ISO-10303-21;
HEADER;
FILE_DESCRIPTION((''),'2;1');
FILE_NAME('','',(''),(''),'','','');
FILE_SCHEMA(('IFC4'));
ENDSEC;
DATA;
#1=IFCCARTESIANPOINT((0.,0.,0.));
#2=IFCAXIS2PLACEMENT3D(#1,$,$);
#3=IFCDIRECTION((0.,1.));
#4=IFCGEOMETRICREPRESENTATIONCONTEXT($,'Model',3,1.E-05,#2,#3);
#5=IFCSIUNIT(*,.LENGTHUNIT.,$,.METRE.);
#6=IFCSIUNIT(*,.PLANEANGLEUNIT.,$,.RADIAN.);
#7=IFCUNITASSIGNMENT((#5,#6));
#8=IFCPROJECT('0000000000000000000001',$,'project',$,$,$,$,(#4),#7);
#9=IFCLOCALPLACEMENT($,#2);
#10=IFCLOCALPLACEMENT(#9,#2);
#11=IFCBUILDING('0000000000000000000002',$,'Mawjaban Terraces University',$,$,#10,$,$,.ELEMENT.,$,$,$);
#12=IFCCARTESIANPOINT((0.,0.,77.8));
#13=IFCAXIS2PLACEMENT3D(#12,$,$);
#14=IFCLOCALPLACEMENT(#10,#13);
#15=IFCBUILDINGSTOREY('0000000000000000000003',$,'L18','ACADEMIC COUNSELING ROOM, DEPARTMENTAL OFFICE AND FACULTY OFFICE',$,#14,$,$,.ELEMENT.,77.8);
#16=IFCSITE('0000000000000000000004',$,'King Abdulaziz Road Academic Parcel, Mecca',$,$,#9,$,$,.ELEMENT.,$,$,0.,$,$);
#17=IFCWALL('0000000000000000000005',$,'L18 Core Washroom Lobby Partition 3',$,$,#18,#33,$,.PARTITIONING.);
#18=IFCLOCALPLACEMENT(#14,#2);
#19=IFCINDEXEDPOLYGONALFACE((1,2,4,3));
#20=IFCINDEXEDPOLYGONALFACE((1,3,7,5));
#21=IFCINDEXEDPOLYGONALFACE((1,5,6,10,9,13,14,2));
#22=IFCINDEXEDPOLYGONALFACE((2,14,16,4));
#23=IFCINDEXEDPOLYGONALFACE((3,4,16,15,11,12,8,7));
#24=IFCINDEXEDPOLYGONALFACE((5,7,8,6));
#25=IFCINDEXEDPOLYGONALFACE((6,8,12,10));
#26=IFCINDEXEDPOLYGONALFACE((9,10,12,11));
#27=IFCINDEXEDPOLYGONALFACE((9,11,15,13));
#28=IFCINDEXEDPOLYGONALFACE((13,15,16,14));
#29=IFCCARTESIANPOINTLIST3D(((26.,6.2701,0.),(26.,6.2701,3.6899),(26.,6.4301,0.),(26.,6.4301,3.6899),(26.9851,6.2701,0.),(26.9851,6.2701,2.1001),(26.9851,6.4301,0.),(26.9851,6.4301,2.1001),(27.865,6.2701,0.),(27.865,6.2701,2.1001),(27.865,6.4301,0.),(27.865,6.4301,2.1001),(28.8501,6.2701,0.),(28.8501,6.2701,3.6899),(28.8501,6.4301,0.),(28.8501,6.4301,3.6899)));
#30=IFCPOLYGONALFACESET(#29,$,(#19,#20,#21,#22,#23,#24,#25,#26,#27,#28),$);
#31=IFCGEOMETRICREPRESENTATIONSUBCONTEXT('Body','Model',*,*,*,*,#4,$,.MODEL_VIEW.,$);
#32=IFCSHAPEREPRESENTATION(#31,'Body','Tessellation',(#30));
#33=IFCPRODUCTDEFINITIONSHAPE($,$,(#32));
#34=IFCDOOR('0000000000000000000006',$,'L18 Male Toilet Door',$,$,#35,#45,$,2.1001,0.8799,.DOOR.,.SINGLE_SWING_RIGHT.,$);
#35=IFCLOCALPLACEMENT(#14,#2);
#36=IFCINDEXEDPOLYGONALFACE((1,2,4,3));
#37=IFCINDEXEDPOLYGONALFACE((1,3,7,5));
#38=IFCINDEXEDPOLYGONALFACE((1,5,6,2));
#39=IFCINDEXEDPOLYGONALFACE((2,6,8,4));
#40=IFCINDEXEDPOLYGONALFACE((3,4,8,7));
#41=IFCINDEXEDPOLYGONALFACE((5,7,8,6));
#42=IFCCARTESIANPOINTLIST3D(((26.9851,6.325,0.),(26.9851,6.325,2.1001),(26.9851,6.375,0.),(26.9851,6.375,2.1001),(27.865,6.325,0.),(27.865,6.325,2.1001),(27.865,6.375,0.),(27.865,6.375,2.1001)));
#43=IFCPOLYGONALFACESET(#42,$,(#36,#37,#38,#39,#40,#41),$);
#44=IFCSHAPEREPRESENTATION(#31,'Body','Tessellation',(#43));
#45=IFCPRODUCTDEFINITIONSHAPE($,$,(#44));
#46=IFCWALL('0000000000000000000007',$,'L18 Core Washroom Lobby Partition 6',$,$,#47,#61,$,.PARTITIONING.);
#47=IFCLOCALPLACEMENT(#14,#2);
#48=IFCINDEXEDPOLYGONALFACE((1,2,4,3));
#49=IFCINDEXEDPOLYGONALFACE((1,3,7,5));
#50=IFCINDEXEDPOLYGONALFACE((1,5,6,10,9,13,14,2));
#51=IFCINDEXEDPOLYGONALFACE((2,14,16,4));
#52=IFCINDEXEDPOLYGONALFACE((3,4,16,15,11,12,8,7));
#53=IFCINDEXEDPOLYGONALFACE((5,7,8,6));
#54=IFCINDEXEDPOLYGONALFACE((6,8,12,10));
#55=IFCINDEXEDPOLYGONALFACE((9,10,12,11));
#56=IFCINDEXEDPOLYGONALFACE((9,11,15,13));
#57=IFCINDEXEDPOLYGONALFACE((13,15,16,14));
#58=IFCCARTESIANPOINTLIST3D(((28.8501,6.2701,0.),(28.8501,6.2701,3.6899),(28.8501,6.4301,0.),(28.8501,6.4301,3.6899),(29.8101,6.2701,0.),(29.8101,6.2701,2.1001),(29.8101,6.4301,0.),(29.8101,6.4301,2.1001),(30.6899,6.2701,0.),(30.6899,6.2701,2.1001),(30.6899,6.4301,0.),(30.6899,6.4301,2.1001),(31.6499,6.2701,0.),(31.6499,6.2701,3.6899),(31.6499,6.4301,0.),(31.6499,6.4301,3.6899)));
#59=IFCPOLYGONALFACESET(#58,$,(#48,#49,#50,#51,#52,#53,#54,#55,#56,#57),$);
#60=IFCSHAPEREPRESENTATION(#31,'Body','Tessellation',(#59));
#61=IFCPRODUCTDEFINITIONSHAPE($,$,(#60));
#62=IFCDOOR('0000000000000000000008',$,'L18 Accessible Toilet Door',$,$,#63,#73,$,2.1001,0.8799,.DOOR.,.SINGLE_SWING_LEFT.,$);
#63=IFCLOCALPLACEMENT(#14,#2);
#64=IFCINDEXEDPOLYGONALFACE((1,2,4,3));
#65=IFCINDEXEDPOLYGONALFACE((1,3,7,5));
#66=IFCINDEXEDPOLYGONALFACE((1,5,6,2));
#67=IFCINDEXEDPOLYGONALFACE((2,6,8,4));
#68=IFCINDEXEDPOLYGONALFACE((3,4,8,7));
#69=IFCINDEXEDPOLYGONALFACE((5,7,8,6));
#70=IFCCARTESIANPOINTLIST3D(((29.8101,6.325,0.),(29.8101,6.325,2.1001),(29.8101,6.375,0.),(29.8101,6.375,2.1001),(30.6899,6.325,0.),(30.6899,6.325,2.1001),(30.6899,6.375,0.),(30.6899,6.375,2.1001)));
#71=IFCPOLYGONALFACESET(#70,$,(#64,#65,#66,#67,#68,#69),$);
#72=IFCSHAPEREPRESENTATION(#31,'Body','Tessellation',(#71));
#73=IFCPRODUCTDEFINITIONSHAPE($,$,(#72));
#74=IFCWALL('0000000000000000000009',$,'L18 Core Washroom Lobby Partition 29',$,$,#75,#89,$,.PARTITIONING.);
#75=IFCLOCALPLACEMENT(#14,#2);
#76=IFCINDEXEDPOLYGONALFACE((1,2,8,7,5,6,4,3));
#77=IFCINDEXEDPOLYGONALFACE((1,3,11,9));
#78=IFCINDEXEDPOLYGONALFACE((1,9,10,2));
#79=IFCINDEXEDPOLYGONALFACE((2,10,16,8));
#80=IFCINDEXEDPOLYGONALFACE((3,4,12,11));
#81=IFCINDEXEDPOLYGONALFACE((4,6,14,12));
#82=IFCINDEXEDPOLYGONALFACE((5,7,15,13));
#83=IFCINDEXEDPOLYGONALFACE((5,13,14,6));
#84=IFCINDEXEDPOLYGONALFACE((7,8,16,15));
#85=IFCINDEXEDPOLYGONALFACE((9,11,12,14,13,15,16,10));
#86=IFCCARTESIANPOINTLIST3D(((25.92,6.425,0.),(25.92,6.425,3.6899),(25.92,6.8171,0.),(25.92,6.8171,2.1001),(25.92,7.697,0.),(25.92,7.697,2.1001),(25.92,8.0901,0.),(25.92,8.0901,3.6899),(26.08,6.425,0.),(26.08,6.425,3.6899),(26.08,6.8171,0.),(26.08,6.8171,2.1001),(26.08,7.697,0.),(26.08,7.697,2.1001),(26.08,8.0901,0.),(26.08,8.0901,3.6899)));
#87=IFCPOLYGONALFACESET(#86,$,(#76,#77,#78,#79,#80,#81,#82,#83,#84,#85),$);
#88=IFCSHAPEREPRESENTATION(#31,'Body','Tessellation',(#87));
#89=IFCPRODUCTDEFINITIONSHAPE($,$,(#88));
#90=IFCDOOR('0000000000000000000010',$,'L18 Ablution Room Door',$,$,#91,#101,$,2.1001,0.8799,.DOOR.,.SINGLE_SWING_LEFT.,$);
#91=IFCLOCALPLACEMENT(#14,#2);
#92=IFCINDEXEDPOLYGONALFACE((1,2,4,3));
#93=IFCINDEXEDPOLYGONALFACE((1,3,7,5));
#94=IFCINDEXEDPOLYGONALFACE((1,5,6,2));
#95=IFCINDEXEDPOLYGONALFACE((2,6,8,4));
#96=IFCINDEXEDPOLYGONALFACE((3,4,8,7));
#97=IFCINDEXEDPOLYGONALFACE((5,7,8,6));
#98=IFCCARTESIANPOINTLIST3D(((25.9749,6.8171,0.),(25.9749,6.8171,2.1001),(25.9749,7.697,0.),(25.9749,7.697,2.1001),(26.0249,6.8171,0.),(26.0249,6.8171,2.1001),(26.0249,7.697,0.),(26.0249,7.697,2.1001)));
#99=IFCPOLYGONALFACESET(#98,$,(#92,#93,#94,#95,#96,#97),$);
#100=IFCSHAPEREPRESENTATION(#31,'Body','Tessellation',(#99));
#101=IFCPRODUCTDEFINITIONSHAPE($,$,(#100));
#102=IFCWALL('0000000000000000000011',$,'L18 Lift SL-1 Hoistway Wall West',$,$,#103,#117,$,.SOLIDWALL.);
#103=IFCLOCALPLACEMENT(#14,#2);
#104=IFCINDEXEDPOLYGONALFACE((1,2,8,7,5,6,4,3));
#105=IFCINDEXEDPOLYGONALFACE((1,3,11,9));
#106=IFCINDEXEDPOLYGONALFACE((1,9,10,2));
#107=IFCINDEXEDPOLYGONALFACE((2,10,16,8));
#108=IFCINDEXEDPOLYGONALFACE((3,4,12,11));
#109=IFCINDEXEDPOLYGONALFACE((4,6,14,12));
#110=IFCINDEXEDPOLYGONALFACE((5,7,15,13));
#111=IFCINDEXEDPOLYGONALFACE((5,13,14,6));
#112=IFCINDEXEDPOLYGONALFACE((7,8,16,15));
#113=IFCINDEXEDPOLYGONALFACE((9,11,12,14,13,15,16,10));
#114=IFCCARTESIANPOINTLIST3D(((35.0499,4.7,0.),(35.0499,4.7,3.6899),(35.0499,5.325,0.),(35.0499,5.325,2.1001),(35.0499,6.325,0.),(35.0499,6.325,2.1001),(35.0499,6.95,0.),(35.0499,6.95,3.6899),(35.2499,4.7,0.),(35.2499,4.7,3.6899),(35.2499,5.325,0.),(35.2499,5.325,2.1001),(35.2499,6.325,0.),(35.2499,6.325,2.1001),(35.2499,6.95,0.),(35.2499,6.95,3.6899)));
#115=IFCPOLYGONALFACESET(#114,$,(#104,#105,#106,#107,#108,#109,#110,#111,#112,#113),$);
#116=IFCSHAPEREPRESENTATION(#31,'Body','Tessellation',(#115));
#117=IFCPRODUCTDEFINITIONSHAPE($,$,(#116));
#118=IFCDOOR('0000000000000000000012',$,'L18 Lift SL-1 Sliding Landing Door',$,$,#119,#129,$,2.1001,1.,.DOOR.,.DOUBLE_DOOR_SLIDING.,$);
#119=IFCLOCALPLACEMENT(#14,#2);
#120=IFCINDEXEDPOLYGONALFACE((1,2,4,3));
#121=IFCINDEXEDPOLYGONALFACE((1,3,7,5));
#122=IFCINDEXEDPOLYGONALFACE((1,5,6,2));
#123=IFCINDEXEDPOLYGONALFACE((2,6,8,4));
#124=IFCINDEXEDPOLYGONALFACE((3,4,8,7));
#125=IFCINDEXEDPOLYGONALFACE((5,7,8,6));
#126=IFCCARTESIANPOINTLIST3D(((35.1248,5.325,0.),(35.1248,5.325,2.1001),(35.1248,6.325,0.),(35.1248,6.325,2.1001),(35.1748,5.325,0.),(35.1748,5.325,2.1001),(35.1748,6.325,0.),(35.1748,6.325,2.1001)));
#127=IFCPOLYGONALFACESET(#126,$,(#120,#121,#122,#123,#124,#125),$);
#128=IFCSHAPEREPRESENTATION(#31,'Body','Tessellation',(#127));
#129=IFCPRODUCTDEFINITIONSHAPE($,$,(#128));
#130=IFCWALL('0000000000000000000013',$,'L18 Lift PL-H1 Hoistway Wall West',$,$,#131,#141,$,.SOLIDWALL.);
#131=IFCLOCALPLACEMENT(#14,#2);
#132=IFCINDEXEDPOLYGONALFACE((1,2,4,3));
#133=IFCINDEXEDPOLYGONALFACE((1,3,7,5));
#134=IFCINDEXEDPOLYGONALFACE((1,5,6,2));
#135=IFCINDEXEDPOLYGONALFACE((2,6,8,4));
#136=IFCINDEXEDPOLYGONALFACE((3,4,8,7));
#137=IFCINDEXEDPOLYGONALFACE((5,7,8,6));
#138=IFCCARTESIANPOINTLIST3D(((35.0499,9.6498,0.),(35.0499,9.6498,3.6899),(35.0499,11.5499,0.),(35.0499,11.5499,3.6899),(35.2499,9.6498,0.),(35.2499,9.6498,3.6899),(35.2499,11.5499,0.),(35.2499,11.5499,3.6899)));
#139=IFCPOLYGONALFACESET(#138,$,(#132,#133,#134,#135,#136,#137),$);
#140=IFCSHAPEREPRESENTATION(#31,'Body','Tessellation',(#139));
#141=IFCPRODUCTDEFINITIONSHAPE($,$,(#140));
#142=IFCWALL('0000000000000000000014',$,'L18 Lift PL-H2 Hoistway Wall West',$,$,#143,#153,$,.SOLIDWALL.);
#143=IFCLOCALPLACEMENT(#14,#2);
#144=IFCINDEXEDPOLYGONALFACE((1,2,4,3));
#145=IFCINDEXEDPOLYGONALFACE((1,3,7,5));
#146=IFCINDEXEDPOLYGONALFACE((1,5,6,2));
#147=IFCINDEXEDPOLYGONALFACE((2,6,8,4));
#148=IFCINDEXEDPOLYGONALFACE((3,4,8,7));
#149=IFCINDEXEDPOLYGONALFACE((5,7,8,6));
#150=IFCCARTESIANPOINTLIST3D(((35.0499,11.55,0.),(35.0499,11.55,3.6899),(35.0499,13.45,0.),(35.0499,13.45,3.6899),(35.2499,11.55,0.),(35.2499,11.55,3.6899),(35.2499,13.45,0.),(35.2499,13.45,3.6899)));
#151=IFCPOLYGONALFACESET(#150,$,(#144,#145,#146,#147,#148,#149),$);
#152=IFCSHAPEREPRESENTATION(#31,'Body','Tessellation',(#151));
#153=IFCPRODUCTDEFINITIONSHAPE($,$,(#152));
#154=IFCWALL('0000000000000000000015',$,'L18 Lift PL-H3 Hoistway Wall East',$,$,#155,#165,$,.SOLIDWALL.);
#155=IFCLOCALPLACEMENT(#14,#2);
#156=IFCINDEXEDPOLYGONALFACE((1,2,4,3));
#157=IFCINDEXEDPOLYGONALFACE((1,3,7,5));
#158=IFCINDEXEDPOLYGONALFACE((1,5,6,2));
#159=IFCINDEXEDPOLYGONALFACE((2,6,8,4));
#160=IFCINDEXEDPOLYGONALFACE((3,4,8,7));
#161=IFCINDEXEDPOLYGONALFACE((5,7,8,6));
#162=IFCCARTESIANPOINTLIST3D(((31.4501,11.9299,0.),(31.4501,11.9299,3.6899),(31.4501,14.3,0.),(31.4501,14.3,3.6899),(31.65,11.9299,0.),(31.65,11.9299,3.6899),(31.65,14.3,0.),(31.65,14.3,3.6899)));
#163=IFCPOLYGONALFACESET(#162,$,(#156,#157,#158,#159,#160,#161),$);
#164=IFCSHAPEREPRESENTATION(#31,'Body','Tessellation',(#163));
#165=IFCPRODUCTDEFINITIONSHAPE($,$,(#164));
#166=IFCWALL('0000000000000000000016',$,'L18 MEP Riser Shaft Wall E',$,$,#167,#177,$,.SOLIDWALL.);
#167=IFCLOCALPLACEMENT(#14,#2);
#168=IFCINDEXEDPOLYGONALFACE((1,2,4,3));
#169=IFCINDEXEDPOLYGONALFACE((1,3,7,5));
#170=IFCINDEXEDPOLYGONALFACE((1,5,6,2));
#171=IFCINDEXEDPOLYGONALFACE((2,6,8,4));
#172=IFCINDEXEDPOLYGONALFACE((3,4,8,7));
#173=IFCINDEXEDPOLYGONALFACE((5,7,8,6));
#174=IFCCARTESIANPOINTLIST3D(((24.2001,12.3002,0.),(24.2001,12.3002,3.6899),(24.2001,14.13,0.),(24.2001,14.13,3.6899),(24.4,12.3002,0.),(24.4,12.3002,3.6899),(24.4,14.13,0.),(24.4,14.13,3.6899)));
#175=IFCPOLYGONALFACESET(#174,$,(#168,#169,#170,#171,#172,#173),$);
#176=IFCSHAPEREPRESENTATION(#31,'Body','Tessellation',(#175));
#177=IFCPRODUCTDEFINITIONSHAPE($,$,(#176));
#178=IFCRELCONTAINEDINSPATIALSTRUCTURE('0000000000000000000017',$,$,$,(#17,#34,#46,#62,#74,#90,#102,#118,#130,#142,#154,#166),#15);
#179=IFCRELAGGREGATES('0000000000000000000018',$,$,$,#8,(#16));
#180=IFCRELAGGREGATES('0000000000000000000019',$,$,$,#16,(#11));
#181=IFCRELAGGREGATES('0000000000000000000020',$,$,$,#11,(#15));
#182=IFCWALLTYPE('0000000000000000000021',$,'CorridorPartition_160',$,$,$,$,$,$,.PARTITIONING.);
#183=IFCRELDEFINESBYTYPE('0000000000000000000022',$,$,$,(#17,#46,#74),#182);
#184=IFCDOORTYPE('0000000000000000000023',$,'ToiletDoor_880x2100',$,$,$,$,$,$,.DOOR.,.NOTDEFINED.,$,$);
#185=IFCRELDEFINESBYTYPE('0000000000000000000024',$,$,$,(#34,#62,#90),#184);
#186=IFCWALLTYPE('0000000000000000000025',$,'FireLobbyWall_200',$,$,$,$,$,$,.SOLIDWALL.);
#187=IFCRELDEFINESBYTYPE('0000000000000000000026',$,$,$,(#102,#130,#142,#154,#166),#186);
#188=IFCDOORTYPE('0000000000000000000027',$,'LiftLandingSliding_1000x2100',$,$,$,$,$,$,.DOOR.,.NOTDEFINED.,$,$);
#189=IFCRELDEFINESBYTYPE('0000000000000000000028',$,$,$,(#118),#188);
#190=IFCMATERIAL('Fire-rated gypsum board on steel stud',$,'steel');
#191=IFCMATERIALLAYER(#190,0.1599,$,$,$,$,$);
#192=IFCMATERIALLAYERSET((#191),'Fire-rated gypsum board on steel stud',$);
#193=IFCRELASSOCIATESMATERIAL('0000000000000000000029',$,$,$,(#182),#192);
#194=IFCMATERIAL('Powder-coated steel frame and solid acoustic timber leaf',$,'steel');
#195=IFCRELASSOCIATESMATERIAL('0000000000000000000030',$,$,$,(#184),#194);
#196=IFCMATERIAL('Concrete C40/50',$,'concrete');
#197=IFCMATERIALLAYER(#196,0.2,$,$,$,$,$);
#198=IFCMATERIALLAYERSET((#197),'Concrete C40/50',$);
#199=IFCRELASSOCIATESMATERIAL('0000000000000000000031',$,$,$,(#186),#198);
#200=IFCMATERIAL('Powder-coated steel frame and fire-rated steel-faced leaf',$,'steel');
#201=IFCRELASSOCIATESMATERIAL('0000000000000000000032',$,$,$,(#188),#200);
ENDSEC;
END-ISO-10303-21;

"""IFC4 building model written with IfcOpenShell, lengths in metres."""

from ifc_helpers import new_model, si_unit, direction, frame, frame_2d, origin, place, context, subcontext, project, spatial, rectangle, extrude, material, layer, layer_set, type_object, element, fill, save


model = new_model("IFC4")

# Units and contexts
model_context = context("Model", 3, precision=1e-05, world=origin(), true_north=direction((0.0, 1.0)))
body_context = subcontext(model_context, "Body", "Model", "MODEL_VIEW")
ifc_project = project(units=[si_unit("LENGTHUNIT", "METRE"), si_unit("PLANEANGLEUNIT", "RADIAN")], contexts=[model_context])

# Site, building, storey
site_placement = place(None, origin())
site = spatial("IfcSite", under=ifc_project, at=site_placement, Name="King Abdulaziz Road Academic Parcel, Mecca", CompositionType="ELEMENT", RefElevation=0.0)
building_placement = place(site_placement, origin())
building = spatial("IfcBuilding", under=site, at=building_placement, Name="Mawjaban Terraces University", CompositionType="ELEMENT")
storey_placement = place(building_placement, frame((0.0, 0.0, 77.8)))
storey = spatial("IfcBuildingStorey", under=building, at=storey_placement, Name="L18", Description="ACADEMIC COUNSELING ROOM, DEPARTMENTAL OFFICE AND FACULTY OFFICE", CompositionType="ELEMENT", Elevation=77.8)

# Walls, openings, doors
ifc_material_1 = material(Name="Fire-rated gypsum board on steel stud", Category="steel")
ifc_layer_1 = layer(ifc_material_1, 0.1599)
ifc_layer_set_1 = layer_set([ifc_layer_1], Name="Fire-rated gypsum board on steel stud")
wall_type_1 = type_object("IfcWallType", Name="CorridorPartition_160", PredefinedType="PARTITIONING", material=ifc_layer_set_1)
wall_1_placement = place(storey_placement, frame((26.0, 6.3501, 0.0), z_axis=(0.0, 0.0, 1.0), x_axis=(1.0, 0.0, 0.0)))
wall_1 = element("IfcWall", 1, at=wall_1_placement, inside=storey, type_object=wall_type_1, Name="L18 Core Washroom Lobby Partition 3", PredefinedType="PARTITIONING", context=body_context, shape_type="SweptSolid", body=[
    extrude(rectangle(XDim=2.8501, YDim=0.1599, at=frame_2d((1.425, 0.0))), origin(), (0.0, 0.0, 1.0), 3.6899),
])
opening_1_placement = place(wall_1_placement, frame((0.9851, 0.0, 0.0)))
opening_1 = element("IfcOpeningElement", 2, at=opening_1_placement, cuts=wall_1, PredefinedType="OPENING", context=body_context, shape_type="SweptSolid", body=[
    extrude(rectangle(XDim=0.8799, YDim=2.1001, at=frame_2d((0.4399, 1.05))), frame((0.0, 0.0898, 0.0), z_axis=(0.0, -1.0, 0.0), x_axis=(1.0, 0.0, 0.0)), (0.0, 0.0, 1.0), 0.1799),
])
ifc_material_2 = material(Name="Powder-coated steel frame and solid acoustic timber leaf", Category="steel")
door_type_1 = type_object("IfcDoorType", Name="ToiletDoor_880x2100", OperationType="NOTDEFINED", PredefinedType="DOOR", material=ifc_material_2)
door_1_placement = place(opening_1_placement, origin())
door_1 = element("IfcDoor", 3, at=door_1_placement, inside=storey, type_object=door_type_1, Name="L18 Male Toilet Door", OperationType="SINGLE_SWING_RIGHT", OverallHeight=2.1001, OverallWidth=0.8799, PredefinedType="DOOR", context=body_context, shape_type="SweptSolid", body=[
    extrude(rectangle(XDim=0.8799, YDim=2.1001, at=frame_2d((0.4399, 1.05))), frame((0.0, 0.0249, 0.0), z_axis=(0.0, -1.0, 0.0), x_axis=(1.0, 0.0, 0.0)), (0.0, 0.0, 1.0), 0.05),
])
fill(opening_1, door_1)
wall_2_placement = place(storey_placement, frame((28.8501, 6.3501, 0.0), z_axis=(0.0, 0.0, 1.0), x_axis=(1.0, 0.0, 0.0)))
wall_2 = element("IfcWall", 4, at=wall_2_placement, inside=storey, type_object=wall_type_1, Name="L18 Core Washroom Lobby Partition 6", PredefinedType="PARTITIONING", context=body_context, shape_type="SweptSolid", body=[
    extrude(rectangle(XDim=2.7998, YDim=0.1599, at=frame_2d((1.3999, 0.0))), origin(), (0.0, 0.0, 1.0), 3.6899),
])
opening_2_placement = place(wall_2_placement, frame((0.96, 0.0, 0.0)))
opening_2 = element("IfcOpeningElement", 5, at=opening_2_placement, cuts=wall_2, PredefinedType="OPENING", context=body_context, shape_type="SweptSolid", body=[
    extrude(rectangle(XDim=0.8799, YDim=2.1001, at=frame_2d((0.4399, 1.05))), frame((0.0, 0.0898, 0.0), z_axis=(0.0, -1.0, 0.0), x_axis=(1.0, 0.0, 0.0)), (0.0, 0.0, 1.0), 0.1799),
])
door_2_placement = place(opening_2_placement, origin())
door_2 = element("IfcDoor", 6, at=door_2_placement, inside=storey, type_object=door_type_1, Name="L18 Accessible Toilet Door", OperationType="SINGLE_SWING_LEFT", OverallHeight=2.1001, OverallWidth=0.8799, PredefinedType="DOOR", context=body_context, shape_type="SweptSolid", body=[
    extrude(rectangle(XDim=0.8799, YDim=2.1001, at=frame_2d((0.4399, 1.05))), frame((0.0, 0.0249, 0.0), z_axis=(0.0, -1.0, 0.0), x_axis=(1.0, 0.0, 0.0)), (0.0, 0.0, 1.0), 0.05),
])
fill(opening_2, door_2)
wall_3_placement = place(storey_placement, frame((26.0, 8.0901, 0.0), z_axis=(0.0, 0.0, 1.0), x_axis=(0.0, -1.0, 0.0)))
wall_3 = element("IfcWall", 7, at=wall_3_placement, inside=storey, type_object=wall_type_1, Name="L18 Core Washroom Lobby Partition 29", PredefinedType="PARTITIONING", context=body_context, shape_type="SweptSolid", body=[
    extrude(rectangle(XDim=1.665, YDim=0.1599, at=frame_2d((0.8325, 0.0))), origin(), (0.0, 0.0, 1.0), 3.6899),
])
opening_3_placement = place(wall_3_placement, frame((0.3931, 0.0, 0.0)))
opening_3 = element("IfcOpeningElement", 8, at=opening_3_placement, cuts=wall_3, PredefinedType="OPENING", context=body_context, shape_type="SweptSolid", body=[
    extrude(rectangle(XDim=0.8799, YDim=2.1001, at=frame_2d((0.4399, 1.05))), frame((0.0, 0.0898, 0.0), z_axis=(0.0, -1.0, 0.0), x_axis=(1.0, 0.0, 0.0)), (0.0, 0.0, 1.0), 0.1799),
])
door_3_placement = place(opening_3_placement, origin())
door_3 = element("IfcDoor", 9, at=door_3_placement, inside=storey, type_object=door_type_1, Name="L18 Ablution Room Door", OperationType="SINGLE_SWING_LEFT", OverallHeight=2.1001, OverallWidth=0.8799, PredefinedType="DOOR", context=body_context, shape_type="SweptSolid", body=[
    extrude(rectangle(XDim=0.8799, YDim=2.1001, at=frame_2d((0.4399, 1.05))), frame((0.0, 0.0249, 0.0), z_axis=(0.0, -1.0, 0.0), x_axis=(1.0, 0.0, 0.0)), (0.0, 0.0, 1.0), 0.05),
])
fill(opening_3, door_3)
ifc_material_3 = material(Name="Concrete C40/50", Category="concrete")
ifc_layer_2 = layer(ifc_material_3, 0.2)
ifc_layer_set_2 = layer_set([ifc_layer_2], Name="Concrete C40/50")
wall_type_2 = type_object("IfcWallType", Name="FireLobbyWall_200", PredefinedType="SOLIDWALL", material=ifc_layer_set_2)
wall_4_placement = place(storey_placement, frame((35.1499, 6.95, 0.0), z_axis=(0.0, 0.0, 1.0), x_axis=(0.0, -1.0, 0.0)))
wall_4 = element("IfcWall", 10, at=wall_4_placement, inside=storey, type_object=wall_type_2, Name="L18 Lift SL-1 Hoistway Wall West", PredefinedType="SOLIDWALL", context=body_context, shape_type="SweptSolid", body=[
    extrude(rectangle(XDim=2.25, YDim=0.2, at=frame_2d((1.125, 0.0))), origin(), (0.0, 0.0, 1.0), 3.6899),
])
opening_4_placement = place(wall_4_placement, frame((0.625, 0.0, 0.0)))
opening_4 = element("IfcOpeningElement", 11, at=opening_4_placement, cuts=wall_4, PredefinedType="OPENING", context=body_context, shape_type="SweptSolid", body=[
    extrude(rectangle(XDim=1.0, YDim=2.1001, at=frame_2d((0.5, 1.05))), frame((0.0, 0.1099, 0.0), z_axis=(0.0, -1.0, 0.0), x_axis=(1.0, 0.0, 0.0)), (0.0, 0.0, 1.0), 0.22),
])
ifc_material_4 = material(Name="Powder-coated steel frame and fire-rated steel-faced leaf", Category="steel")
door_type_2 = type_object("IfcDoorType", Name="LiftLandingSliding_1000x2100", OperationType="NOTDEFINED", PredefinedType="DOOR", material=ifc_material_4)
door_4_placement = place(opening_4_placement, origin())
door_4 = element("IfcDoor", 12, at=door_4_placement, inside=storey, type_object=door_type_2, Name="L18 Lift SL-1 Sliding Landing Door", OperationType="DOUBLE_DOOR_SLIDING", OverallHeight=2.1001, OverallWidth=1.0, PredefinedType="DOOR", context=body_context, shape_type="SweptSolid", body=[
    extrude(rectangle(XDim=1.0, YDim=2.1001, at=frame_2d((0.5, 1.05))), frame((0.0, 0.0249, 0.0), z_axis=(0.0, -1.0, 0.0), x_axis=(1.0, 0.0, 0.0)), (0.0, 0.0, 1.0), 0.05),
])
fill(opening_4, door_4)

# Walls
wall_5_placement = place(storey_placement, frame((35.1499, 11.55, 0.0), z_axis=(0.0, 0.0, 1.0), x_axis=(0.0, -1.0, 0.0)))
element("IfcWall", 13, at=wall_5_placement, inside=storey, type_object=wall_type_2, Name="L18 Lift PL-H1 Hoistway Wall West", PredefinedType="SOLIDWALL", context=body_context, shape_type="SweptSolid", body=[
    extrude(rectangle(XDim=1.9001, YDim=0.2, at=frame_2d((0.9502, 0.0))), origin(), (0.0, 0.0, 1.0), 3.6899),
])
wall_6_placement = place(storey_placement, frame((35.1499, 13.45, 0.0), z_axis=(0.0, 0.0, 1.0), x_axis=(0.0, -1.0, 0.0)))
element("IfcWall", 14, at=wall_6_placement, inside=storey, type_object=wall_type_2, Name="L18 Lift PL-H2 Hoistway Wall West", PredefinedType="SOLIDWALL", context=body_context, shape_type="SweptSolid", body=[
    extrude(rectangle(XDim=1.8999, YDim=0.2, at=frame_2d((0.95, 0.0))), origin(), (0.0, 0.0, 1.0), 3.6899),
])
wall_7_placement = place(storey_placement, frame((31.55, 11.9299, 0.0), z_axis=(0.0, 0.0, 1.0), x_axis=(0.0, 1.0, 0.0)))
element("IfcWall", 15, at=wall_7_placement, inside=storey, type_object=wall_type_2, Name="L18 Lift PL-H3 Hoistway Wall East", PredefinedType="SOLIDWALL", context=body_context, shape_type="SweptSolid", body=[
    extrude(rectangle(XDim=2.3701, YDim=0.2, at=frame_2d((1.1851, 0.0))), origin(), (0.0, 0.0, 1.0), 3.6899),
])
wall_8_placement = place(storey_placement, frame((24.3, 12.3, 0.0), z_axis=(0.0, 0.0, 1.0), x_axis=(0.0, 1.0, 0.0)))
element("IfcWall", 16, at=wall_8_placement, inside=storey, type_object=wall_type_2, Name="L18 MEP Riser Shaft Wall E", PredefinedType="SOLIDWALL", context=body_context, shape_type="SweptSolid", body=[
    extrude(rectangle(XDim=1.8298, YDim=0.2, at=frame_2d((0.915, 0.0))), origin(), (0.0, 0.0, 1.0), 3.6899),
])

save(model, "model.ifc")
